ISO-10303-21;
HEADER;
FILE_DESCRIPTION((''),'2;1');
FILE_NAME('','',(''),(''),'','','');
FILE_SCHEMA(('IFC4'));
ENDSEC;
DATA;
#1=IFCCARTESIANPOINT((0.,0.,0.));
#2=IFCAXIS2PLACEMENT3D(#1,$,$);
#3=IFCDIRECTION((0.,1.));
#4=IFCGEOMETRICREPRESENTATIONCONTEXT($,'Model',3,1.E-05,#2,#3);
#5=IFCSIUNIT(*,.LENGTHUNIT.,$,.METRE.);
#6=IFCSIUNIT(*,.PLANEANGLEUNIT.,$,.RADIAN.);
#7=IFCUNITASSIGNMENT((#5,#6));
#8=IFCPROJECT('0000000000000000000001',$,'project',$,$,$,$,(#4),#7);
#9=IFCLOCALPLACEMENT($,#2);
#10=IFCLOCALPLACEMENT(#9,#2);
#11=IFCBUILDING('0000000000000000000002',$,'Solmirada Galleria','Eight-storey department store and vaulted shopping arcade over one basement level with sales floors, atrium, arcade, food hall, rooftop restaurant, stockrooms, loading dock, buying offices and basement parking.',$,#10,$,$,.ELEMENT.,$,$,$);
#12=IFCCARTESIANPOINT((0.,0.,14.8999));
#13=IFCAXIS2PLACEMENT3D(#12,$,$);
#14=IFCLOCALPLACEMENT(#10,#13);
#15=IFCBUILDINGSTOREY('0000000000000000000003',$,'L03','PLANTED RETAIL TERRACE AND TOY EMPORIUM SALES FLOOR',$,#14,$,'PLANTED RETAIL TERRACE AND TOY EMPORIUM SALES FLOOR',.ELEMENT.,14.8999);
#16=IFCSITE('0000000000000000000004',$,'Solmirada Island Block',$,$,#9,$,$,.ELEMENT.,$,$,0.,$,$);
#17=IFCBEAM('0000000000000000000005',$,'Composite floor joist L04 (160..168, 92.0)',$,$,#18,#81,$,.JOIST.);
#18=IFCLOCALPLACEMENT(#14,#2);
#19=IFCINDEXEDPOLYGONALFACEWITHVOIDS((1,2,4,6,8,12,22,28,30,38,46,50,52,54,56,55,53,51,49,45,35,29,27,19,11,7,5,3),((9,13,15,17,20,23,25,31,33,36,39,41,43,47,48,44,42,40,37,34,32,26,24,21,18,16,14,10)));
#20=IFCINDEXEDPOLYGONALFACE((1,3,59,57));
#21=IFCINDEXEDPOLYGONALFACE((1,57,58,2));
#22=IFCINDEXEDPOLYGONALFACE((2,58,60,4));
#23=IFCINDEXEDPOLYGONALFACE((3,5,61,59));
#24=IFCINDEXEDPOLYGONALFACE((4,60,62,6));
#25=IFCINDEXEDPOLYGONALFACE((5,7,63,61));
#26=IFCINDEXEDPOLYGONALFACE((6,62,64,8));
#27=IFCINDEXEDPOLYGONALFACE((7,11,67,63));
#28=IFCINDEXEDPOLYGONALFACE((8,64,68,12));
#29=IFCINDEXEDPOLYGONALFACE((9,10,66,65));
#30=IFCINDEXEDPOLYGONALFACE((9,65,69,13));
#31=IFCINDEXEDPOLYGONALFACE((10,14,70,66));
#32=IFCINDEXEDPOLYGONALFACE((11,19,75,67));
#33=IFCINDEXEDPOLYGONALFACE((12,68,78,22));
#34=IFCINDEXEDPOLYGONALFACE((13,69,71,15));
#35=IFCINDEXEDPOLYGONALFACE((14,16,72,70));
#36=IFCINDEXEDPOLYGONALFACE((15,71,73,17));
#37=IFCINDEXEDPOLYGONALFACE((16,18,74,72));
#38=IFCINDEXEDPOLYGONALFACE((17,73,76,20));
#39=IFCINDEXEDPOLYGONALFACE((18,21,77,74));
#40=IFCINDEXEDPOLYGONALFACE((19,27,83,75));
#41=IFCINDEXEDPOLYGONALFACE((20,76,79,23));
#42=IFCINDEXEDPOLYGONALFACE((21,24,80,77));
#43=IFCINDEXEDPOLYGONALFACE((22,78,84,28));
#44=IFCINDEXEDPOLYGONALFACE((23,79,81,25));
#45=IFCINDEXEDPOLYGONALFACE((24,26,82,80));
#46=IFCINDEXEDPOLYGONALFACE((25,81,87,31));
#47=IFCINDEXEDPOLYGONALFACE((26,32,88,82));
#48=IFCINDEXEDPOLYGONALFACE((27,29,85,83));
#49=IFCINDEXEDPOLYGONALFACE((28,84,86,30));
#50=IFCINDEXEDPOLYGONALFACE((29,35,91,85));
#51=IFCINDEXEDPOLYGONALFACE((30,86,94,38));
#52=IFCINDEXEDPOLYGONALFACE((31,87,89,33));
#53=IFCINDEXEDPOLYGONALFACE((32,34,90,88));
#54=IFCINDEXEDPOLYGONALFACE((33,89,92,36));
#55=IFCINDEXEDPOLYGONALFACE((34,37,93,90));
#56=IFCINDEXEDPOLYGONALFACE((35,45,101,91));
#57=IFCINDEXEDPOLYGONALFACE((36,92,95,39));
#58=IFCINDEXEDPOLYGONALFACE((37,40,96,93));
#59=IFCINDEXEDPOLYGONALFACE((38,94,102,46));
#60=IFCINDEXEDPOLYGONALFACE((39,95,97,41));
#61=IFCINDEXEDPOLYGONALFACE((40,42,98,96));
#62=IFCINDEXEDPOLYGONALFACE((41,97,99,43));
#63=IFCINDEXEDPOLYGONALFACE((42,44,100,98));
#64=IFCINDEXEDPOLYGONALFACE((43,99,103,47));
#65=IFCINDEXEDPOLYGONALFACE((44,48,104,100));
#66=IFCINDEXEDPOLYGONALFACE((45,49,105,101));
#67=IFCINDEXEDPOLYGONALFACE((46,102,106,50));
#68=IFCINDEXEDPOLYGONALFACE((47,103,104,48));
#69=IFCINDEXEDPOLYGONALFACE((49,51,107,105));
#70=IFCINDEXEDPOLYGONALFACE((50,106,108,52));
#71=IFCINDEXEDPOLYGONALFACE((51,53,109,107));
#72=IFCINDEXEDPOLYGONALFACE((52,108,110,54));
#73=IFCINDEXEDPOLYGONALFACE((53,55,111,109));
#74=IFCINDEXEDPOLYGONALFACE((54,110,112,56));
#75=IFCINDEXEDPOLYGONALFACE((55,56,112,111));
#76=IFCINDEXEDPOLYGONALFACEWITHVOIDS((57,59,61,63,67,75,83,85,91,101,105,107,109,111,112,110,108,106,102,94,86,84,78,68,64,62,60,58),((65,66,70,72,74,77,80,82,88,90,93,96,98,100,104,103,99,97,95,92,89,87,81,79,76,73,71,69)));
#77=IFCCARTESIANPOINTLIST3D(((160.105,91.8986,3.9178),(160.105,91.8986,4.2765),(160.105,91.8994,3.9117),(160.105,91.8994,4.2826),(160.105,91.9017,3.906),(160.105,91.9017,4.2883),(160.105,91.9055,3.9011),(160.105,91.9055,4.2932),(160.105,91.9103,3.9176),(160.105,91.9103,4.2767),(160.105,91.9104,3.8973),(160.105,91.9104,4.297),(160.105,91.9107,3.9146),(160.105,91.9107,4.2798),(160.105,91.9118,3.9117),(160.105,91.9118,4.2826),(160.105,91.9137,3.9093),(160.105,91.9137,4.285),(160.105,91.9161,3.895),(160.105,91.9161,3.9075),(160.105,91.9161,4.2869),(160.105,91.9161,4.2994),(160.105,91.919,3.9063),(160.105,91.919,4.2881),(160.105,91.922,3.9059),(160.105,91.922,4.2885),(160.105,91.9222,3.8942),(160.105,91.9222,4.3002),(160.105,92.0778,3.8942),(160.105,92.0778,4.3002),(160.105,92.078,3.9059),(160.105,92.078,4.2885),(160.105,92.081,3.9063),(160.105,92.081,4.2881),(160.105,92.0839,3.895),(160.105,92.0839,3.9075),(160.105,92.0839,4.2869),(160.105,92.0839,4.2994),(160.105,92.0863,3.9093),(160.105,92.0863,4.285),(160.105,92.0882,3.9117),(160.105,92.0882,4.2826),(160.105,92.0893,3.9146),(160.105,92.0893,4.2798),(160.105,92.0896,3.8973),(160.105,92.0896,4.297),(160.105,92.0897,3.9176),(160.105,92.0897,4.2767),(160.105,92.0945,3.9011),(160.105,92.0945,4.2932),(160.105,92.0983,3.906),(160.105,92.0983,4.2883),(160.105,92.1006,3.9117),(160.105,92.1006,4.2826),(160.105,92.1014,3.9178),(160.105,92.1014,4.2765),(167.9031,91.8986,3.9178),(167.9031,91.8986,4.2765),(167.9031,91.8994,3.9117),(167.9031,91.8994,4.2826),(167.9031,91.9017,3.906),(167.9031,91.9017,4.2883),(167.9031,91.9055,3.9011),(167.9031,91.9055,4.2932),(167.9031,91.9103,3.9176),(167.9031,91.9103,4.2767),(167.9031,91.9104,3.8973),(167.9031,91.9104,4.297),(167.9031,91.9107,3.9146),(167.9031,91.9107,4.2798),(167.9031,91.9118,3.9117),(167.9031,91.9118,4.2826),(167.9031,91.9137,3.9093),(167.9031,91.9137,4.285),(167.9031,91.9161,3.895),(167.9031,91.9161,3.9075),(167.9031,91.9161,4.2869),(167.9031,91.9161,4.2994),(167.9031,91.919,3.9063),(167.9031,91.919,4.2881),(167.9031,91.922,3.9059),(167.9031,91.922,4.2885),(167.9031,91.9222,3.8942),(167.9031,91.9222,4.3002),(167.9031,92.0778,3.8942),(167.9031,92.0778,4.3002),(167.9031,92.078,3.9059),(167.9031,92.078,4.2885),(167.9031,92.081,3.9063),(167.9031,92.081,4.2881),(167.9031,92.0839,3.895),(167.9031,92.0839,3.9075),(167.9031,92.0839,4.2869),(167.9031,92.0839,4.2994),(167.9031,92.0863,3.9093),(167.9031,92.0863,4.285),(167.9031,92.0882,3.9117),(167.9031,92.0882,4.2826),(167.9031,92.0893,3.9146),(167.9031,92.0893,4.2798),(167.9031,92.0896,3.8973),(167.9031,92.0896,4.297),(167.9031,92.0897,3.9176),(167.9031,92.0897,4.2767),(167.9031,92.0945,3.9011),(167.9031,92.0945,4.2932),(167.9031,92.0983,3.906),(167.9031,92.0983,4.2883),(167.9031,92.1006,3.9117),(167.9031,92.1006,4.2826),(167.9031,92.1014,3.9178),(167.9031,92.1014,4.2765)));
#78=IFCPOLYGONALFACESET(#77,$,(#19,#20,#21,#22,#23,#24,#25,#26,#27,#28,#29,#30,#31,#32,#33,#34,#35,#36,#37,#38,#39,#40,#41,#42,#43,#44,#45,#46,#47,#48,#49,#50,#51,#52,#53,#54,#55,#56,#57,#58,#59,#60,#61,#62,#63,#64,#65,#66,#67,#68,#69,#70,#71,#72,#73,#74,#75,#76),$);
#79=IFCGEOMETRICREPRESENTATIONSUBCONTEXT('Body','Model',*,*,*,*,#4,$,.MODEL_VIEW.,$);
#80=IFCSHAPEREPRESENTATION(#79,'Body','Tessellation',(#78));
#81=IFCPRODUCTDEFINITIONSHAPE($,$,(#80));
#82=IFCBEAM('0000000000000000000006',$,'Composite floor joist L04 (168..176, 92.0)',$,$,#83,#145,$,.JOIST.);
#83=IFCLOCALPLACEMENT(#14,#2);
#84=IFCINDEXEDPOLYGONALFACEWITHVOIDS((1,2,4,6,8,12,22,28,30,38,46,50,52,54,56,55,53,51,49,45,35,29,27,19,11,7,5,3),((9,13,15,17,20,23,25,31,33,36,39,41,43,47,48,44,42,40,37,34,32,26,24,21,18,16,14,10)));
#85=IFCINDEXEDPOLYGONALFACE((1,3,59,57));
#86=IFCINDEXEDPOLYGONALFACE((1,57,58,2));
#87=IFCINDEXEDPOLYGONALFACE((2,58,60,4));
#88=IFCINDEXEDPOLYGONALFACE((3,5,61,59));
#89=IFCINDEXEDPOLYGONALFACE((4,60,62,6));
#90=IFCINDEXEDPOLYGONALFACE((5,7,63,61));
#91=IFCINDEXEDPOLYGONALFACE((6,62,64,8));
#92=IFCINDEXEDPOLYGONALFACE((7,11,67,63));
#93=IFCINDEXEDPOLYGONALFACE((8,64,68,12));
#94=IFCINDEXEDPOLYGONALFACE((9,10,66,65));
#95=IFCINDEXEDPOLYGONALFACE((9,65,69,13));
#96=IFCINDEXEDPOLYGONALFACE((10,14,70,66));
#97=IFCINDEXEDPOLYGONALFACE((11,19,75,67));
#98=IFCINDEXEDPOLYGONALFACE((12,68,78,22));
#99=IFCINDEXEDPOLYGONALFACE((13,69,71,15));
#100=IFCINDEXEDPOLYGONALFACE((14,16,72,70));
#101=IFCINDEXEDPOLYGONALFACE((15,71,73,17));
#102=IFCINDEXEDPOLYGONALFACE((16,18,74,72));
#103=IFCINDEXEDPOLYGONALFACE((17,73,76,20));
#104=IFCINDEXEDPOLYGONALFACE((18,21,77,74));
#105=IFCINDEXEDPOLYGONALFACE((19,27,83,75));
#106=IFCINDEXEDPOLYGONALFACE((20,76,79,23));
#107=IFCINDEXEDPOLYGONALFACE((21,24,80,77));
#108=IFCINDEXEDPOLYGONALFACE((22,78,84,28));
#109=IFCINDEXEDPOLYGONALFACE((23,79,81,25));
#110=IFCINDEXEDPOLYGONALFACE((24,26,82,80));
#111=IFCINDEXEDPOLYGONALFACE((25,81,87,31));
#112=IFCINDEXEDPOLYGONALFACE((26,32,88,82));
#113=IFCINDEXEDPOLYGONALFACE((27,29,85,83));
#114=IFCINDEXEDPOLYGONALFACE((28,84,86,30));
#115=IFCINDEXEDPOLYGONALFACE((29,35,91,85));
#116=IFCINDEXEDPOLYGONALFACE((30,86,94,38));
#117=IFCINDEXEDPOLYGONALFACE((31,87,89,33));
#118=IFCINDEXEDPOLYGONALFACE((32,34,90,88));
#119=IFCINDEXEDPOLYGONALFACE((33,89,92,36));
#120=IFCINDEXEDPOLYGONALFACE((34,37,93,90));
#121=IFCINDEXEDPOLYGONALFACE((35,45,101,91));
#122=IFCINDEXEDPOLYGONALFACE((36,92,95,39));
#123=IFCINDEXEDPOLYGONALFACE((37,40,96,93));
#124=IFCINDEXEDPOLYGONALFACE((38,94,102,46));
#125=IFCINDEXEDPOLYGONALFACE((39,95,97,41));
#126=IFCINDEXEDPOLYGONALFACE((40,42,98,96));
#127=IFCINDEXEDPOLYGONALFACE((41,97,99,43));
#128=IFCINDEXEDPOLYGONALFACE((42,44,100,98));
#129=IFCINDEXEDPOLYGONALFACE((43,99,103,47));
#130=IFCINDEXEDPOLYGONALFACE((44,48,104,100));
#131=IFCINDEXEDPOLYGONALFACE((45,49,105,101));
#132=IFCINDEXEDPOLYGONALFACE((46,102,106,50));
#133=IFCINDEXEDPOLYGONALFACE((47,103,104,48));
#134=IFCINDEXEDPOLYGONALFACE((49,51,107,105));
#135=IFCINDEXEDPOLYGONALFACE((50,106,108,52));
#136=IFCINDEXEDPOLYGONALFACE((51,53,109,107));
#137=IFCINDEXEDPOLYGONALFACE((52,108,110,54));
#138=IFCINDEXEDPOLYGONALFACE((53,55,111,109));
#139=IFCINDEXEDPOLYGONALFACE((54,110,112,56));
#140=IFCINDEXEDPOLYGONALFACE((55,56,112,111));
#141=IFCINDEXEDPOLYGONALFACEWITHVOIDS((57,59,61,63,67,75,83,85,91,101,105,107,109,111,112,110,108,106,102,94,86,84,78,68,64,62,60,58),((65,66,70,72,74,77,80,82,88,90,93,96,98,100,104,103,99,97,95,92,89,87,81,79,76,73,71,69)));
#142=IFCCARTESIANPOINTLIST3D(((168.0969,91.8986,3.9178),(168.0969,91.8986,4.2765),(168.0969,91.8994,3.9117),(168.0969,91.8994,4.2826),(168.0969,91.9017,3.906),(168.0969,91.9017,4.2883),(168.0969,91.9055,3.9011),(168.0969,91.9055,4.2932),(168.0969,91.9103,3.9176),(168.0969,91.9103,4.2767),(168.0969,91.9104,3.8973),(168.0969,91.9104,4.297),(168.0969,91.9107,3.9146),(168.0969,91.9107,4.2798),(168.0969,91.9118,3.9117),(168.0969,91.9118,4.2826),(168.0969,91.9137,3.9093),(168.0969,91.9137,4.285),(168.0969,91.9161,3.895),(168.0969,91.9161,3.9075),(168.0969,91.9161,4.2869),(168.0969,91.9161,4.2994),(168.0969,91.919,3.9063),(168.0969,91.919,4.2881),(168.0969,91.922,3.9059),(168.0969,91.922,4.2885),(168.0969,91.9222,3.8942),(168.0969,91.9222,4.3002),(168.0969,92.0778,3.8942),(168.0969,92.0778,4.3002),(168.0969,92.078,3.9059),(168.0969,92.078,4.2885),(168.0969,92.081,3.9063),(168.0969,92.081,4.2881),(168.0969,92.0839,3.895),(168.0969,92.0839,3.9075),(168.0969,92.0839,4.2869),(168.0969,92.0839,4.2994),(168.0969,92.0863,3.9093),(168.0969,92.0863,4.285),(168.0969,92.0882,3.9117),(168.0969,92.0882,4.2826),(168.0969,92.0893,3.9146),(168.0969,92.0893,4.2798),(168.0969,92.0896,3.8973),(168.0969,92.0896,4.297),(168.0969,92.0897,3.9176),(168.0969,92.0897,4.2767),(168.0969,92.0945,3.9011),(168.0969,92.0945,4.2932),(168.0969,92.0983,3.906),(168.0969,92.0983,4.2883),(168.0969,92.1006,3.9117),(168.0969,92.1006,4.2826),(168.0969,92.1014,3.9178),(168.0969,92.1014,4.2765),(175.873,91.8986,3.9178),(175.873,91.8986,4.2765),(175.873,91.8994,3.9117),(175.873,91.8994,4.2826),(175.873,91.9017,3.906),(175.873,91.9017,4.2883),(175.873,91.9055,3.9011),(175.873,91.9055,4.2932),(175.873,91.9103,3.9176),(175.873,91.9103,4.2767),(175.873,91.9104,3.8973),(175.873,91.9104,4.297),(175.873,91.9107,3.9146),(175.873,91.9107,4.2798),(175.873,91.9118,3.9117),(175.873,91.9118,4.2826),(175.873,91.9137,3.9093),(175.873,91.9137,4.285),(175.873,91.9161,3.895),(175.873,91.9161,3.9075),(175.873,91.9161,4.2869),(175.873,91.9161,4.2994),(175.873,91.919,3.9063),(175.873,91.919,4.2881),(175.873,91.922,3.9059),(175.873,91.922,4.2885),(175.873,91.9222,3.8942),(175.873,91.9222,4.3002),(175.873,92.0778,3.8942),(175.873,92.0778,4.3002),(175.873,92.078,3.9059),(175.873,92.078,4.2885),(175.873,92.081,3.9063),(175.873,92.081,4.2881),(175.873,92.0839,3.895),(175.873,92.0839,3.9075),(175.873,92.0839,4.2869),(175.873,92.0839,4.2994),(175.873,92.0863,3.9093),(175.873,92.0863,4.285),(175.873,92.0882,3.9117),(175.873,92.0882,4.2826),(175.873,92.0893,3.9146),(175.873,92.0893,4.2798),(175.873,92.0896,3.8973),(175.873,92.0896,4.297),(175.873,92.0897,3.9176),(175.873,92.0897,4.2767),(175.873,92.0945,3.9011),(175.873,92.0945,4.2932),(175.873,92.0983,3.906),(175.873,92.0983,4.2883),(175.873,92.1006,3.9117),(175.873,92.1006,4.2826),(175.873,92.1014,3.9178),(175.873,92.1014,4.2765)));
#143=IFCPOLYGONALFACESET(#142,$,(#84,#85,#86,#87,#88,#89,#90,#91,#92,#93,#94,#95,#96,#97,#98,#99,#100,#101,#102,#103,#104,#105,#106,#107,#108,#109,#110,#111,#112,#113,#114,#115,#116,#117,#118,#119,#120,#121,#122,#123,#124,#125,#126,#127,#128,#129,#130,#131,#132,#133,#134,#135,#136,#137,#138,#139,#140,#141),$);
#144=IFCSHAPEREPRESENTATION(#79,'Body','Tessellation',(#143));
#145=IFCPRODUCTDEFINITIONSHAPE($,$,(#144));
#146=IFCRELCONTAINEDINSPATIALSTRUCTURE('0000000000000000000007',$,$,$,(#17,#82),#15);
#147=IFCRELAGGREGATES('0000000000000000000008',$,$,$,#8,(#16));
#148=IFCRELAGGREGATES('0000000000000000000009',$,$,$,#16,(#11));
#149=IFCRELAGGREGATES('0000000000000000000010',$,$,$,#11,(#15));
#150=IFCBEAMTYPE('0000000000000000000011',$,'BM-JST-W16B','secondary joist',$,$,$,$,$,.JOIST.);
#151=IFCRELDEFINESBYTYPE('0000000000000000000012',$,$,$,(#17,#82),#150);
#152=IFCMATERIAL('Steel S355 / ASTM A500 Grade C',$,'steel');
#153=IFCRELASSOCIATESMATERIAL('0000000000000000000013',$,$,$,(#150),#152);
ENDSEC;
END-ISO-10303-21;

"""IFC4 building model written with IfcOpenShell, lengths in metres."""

from ifc_helpers import new_model, si_unit, direction, frame, origin, origin_2d, place, context, subcontext, project, spatial, hollow_rectangle, extrude, material, material_profile, profile_set, type_object, element, save


model = new_model("IFC4")

# Units and contexts
model_context = context("Model", 3, precision=1e-05, world=origin(), true_north=direction((0.0, 1.0)))
body_context = subcontext(model_context, "Body", "Model", "MODEL_VIEW")
ifc_project = project(units=[si_unit("LENGTHUNIT", "METRE"), si_unit("PLANEANGLEUNIT", "RADIAN")], contexts=[model_context])

# Site, building, storey
site_placement = place(None, origin())
site = spatial("IfcSite", under=ifc_project, at=site_placement, Name="Solmirada Island Block", CompositionType="ELEMENT", RefElevation=0.0)
building_placement = place(site_placement, origin())
building = spatial("IfcBuilding", under=site, at=building_placement, Name="Solmirada Galleria", Description="Eight-storey department store and vaulted shopping arcade over one basement level with sales floors, atrium, arcade, food hall, rooftop restaurant, stockrooms, loading dock, buying offices and basement parking.", CompositionType="ELEMENT")
storey_placement = place(building_placement, frame((0.0, 0.0, 14.8999)))
storey = spatial("IfcBuildingStorey", under=building, at=storey_placement, Name="L03", Description="PLANTED RETAIL TERRACE AND TOY EMPORIUM SALES FLOOR", LongName="PLANTED RETAIL TERRACE AND TOY EMPORIUM SALES FLOOR", CompositionType="ELEMENT", Elevation=14.8999)

# Shared definitions
ifc_material_1 = material(Name="Steel S355 / ASTM A500 Grade C", Category="steel")

# Beams
ifc_material_profile_1 = material_profile(ifc_material_1, hollow_rectangle(XDim=0.2029, YDim=0.406, WallThickness=0.0117, InnerFilletRadius=0.0117, OuterFilletRadius=0.0237, at=origin_2d()), Name="HSS16X8X1/2")
ifc_profile_set_1 = profile_set([ifc_material_profile_1], Name="Steel S355 / ASTM A500 Grade C")
beam_type_1 = type_object("IfcBeamType", Name="BM-JST-W16B", Description="secondary joist", PredefinedType="JOIST", material=ifc_profile_set_1)
beam_1_placement = place(storey_placement, frame((160.105, 92.0, 4.0972), z_axis=(1.0, 0.0, 0.0), x_axis=(0.0, 1.0, 0.0)))
element("IfcBeam", 1, at=beam_1_placement, inside=storey, type_object=beam_type_1, Name="Composite floor joist L04 (160..168, 92.0)", PredefinedType="JOIST", context=body_context, shape_type="SweptSolid", body=[
    extrude(hollow_rectangle(XDim=0.2029, YDim=0.406, WallThickness=0.0117, InnerFilletRadius=0.0117, OuterFilletRadius=0.0237, at=origin_2d()), origin(), (0.0, 0.0, 1.0), 7.7981),
])
beam_2_placement = place(storey_placement, frame((168.0969, 92.0, 4.0972), z_axis=(1.0, 0.0, 0.0), x_axis=(0.0, 1.0, 0.0)))
element("IfcBeam", 2, at=beam_2_placement, inside=storey, type_object=beam_type_1, Name="Composite floor joist L04 (168..176, 92.0)", PredefinedType="JOIST", context=body_context, shape_type="SweptSolid", body=[
    extrude(hollow_rectangle(XDim=0.2029, YDim=0.406, WallThickness=0.0117, InnerFilletRadius=0.0117, OuterFilletRadius=0.0237, at=origin_2d()), origin(), (0.0, 0.0, 1.0), 7.7761),
])

save(model, "model.ifc")
